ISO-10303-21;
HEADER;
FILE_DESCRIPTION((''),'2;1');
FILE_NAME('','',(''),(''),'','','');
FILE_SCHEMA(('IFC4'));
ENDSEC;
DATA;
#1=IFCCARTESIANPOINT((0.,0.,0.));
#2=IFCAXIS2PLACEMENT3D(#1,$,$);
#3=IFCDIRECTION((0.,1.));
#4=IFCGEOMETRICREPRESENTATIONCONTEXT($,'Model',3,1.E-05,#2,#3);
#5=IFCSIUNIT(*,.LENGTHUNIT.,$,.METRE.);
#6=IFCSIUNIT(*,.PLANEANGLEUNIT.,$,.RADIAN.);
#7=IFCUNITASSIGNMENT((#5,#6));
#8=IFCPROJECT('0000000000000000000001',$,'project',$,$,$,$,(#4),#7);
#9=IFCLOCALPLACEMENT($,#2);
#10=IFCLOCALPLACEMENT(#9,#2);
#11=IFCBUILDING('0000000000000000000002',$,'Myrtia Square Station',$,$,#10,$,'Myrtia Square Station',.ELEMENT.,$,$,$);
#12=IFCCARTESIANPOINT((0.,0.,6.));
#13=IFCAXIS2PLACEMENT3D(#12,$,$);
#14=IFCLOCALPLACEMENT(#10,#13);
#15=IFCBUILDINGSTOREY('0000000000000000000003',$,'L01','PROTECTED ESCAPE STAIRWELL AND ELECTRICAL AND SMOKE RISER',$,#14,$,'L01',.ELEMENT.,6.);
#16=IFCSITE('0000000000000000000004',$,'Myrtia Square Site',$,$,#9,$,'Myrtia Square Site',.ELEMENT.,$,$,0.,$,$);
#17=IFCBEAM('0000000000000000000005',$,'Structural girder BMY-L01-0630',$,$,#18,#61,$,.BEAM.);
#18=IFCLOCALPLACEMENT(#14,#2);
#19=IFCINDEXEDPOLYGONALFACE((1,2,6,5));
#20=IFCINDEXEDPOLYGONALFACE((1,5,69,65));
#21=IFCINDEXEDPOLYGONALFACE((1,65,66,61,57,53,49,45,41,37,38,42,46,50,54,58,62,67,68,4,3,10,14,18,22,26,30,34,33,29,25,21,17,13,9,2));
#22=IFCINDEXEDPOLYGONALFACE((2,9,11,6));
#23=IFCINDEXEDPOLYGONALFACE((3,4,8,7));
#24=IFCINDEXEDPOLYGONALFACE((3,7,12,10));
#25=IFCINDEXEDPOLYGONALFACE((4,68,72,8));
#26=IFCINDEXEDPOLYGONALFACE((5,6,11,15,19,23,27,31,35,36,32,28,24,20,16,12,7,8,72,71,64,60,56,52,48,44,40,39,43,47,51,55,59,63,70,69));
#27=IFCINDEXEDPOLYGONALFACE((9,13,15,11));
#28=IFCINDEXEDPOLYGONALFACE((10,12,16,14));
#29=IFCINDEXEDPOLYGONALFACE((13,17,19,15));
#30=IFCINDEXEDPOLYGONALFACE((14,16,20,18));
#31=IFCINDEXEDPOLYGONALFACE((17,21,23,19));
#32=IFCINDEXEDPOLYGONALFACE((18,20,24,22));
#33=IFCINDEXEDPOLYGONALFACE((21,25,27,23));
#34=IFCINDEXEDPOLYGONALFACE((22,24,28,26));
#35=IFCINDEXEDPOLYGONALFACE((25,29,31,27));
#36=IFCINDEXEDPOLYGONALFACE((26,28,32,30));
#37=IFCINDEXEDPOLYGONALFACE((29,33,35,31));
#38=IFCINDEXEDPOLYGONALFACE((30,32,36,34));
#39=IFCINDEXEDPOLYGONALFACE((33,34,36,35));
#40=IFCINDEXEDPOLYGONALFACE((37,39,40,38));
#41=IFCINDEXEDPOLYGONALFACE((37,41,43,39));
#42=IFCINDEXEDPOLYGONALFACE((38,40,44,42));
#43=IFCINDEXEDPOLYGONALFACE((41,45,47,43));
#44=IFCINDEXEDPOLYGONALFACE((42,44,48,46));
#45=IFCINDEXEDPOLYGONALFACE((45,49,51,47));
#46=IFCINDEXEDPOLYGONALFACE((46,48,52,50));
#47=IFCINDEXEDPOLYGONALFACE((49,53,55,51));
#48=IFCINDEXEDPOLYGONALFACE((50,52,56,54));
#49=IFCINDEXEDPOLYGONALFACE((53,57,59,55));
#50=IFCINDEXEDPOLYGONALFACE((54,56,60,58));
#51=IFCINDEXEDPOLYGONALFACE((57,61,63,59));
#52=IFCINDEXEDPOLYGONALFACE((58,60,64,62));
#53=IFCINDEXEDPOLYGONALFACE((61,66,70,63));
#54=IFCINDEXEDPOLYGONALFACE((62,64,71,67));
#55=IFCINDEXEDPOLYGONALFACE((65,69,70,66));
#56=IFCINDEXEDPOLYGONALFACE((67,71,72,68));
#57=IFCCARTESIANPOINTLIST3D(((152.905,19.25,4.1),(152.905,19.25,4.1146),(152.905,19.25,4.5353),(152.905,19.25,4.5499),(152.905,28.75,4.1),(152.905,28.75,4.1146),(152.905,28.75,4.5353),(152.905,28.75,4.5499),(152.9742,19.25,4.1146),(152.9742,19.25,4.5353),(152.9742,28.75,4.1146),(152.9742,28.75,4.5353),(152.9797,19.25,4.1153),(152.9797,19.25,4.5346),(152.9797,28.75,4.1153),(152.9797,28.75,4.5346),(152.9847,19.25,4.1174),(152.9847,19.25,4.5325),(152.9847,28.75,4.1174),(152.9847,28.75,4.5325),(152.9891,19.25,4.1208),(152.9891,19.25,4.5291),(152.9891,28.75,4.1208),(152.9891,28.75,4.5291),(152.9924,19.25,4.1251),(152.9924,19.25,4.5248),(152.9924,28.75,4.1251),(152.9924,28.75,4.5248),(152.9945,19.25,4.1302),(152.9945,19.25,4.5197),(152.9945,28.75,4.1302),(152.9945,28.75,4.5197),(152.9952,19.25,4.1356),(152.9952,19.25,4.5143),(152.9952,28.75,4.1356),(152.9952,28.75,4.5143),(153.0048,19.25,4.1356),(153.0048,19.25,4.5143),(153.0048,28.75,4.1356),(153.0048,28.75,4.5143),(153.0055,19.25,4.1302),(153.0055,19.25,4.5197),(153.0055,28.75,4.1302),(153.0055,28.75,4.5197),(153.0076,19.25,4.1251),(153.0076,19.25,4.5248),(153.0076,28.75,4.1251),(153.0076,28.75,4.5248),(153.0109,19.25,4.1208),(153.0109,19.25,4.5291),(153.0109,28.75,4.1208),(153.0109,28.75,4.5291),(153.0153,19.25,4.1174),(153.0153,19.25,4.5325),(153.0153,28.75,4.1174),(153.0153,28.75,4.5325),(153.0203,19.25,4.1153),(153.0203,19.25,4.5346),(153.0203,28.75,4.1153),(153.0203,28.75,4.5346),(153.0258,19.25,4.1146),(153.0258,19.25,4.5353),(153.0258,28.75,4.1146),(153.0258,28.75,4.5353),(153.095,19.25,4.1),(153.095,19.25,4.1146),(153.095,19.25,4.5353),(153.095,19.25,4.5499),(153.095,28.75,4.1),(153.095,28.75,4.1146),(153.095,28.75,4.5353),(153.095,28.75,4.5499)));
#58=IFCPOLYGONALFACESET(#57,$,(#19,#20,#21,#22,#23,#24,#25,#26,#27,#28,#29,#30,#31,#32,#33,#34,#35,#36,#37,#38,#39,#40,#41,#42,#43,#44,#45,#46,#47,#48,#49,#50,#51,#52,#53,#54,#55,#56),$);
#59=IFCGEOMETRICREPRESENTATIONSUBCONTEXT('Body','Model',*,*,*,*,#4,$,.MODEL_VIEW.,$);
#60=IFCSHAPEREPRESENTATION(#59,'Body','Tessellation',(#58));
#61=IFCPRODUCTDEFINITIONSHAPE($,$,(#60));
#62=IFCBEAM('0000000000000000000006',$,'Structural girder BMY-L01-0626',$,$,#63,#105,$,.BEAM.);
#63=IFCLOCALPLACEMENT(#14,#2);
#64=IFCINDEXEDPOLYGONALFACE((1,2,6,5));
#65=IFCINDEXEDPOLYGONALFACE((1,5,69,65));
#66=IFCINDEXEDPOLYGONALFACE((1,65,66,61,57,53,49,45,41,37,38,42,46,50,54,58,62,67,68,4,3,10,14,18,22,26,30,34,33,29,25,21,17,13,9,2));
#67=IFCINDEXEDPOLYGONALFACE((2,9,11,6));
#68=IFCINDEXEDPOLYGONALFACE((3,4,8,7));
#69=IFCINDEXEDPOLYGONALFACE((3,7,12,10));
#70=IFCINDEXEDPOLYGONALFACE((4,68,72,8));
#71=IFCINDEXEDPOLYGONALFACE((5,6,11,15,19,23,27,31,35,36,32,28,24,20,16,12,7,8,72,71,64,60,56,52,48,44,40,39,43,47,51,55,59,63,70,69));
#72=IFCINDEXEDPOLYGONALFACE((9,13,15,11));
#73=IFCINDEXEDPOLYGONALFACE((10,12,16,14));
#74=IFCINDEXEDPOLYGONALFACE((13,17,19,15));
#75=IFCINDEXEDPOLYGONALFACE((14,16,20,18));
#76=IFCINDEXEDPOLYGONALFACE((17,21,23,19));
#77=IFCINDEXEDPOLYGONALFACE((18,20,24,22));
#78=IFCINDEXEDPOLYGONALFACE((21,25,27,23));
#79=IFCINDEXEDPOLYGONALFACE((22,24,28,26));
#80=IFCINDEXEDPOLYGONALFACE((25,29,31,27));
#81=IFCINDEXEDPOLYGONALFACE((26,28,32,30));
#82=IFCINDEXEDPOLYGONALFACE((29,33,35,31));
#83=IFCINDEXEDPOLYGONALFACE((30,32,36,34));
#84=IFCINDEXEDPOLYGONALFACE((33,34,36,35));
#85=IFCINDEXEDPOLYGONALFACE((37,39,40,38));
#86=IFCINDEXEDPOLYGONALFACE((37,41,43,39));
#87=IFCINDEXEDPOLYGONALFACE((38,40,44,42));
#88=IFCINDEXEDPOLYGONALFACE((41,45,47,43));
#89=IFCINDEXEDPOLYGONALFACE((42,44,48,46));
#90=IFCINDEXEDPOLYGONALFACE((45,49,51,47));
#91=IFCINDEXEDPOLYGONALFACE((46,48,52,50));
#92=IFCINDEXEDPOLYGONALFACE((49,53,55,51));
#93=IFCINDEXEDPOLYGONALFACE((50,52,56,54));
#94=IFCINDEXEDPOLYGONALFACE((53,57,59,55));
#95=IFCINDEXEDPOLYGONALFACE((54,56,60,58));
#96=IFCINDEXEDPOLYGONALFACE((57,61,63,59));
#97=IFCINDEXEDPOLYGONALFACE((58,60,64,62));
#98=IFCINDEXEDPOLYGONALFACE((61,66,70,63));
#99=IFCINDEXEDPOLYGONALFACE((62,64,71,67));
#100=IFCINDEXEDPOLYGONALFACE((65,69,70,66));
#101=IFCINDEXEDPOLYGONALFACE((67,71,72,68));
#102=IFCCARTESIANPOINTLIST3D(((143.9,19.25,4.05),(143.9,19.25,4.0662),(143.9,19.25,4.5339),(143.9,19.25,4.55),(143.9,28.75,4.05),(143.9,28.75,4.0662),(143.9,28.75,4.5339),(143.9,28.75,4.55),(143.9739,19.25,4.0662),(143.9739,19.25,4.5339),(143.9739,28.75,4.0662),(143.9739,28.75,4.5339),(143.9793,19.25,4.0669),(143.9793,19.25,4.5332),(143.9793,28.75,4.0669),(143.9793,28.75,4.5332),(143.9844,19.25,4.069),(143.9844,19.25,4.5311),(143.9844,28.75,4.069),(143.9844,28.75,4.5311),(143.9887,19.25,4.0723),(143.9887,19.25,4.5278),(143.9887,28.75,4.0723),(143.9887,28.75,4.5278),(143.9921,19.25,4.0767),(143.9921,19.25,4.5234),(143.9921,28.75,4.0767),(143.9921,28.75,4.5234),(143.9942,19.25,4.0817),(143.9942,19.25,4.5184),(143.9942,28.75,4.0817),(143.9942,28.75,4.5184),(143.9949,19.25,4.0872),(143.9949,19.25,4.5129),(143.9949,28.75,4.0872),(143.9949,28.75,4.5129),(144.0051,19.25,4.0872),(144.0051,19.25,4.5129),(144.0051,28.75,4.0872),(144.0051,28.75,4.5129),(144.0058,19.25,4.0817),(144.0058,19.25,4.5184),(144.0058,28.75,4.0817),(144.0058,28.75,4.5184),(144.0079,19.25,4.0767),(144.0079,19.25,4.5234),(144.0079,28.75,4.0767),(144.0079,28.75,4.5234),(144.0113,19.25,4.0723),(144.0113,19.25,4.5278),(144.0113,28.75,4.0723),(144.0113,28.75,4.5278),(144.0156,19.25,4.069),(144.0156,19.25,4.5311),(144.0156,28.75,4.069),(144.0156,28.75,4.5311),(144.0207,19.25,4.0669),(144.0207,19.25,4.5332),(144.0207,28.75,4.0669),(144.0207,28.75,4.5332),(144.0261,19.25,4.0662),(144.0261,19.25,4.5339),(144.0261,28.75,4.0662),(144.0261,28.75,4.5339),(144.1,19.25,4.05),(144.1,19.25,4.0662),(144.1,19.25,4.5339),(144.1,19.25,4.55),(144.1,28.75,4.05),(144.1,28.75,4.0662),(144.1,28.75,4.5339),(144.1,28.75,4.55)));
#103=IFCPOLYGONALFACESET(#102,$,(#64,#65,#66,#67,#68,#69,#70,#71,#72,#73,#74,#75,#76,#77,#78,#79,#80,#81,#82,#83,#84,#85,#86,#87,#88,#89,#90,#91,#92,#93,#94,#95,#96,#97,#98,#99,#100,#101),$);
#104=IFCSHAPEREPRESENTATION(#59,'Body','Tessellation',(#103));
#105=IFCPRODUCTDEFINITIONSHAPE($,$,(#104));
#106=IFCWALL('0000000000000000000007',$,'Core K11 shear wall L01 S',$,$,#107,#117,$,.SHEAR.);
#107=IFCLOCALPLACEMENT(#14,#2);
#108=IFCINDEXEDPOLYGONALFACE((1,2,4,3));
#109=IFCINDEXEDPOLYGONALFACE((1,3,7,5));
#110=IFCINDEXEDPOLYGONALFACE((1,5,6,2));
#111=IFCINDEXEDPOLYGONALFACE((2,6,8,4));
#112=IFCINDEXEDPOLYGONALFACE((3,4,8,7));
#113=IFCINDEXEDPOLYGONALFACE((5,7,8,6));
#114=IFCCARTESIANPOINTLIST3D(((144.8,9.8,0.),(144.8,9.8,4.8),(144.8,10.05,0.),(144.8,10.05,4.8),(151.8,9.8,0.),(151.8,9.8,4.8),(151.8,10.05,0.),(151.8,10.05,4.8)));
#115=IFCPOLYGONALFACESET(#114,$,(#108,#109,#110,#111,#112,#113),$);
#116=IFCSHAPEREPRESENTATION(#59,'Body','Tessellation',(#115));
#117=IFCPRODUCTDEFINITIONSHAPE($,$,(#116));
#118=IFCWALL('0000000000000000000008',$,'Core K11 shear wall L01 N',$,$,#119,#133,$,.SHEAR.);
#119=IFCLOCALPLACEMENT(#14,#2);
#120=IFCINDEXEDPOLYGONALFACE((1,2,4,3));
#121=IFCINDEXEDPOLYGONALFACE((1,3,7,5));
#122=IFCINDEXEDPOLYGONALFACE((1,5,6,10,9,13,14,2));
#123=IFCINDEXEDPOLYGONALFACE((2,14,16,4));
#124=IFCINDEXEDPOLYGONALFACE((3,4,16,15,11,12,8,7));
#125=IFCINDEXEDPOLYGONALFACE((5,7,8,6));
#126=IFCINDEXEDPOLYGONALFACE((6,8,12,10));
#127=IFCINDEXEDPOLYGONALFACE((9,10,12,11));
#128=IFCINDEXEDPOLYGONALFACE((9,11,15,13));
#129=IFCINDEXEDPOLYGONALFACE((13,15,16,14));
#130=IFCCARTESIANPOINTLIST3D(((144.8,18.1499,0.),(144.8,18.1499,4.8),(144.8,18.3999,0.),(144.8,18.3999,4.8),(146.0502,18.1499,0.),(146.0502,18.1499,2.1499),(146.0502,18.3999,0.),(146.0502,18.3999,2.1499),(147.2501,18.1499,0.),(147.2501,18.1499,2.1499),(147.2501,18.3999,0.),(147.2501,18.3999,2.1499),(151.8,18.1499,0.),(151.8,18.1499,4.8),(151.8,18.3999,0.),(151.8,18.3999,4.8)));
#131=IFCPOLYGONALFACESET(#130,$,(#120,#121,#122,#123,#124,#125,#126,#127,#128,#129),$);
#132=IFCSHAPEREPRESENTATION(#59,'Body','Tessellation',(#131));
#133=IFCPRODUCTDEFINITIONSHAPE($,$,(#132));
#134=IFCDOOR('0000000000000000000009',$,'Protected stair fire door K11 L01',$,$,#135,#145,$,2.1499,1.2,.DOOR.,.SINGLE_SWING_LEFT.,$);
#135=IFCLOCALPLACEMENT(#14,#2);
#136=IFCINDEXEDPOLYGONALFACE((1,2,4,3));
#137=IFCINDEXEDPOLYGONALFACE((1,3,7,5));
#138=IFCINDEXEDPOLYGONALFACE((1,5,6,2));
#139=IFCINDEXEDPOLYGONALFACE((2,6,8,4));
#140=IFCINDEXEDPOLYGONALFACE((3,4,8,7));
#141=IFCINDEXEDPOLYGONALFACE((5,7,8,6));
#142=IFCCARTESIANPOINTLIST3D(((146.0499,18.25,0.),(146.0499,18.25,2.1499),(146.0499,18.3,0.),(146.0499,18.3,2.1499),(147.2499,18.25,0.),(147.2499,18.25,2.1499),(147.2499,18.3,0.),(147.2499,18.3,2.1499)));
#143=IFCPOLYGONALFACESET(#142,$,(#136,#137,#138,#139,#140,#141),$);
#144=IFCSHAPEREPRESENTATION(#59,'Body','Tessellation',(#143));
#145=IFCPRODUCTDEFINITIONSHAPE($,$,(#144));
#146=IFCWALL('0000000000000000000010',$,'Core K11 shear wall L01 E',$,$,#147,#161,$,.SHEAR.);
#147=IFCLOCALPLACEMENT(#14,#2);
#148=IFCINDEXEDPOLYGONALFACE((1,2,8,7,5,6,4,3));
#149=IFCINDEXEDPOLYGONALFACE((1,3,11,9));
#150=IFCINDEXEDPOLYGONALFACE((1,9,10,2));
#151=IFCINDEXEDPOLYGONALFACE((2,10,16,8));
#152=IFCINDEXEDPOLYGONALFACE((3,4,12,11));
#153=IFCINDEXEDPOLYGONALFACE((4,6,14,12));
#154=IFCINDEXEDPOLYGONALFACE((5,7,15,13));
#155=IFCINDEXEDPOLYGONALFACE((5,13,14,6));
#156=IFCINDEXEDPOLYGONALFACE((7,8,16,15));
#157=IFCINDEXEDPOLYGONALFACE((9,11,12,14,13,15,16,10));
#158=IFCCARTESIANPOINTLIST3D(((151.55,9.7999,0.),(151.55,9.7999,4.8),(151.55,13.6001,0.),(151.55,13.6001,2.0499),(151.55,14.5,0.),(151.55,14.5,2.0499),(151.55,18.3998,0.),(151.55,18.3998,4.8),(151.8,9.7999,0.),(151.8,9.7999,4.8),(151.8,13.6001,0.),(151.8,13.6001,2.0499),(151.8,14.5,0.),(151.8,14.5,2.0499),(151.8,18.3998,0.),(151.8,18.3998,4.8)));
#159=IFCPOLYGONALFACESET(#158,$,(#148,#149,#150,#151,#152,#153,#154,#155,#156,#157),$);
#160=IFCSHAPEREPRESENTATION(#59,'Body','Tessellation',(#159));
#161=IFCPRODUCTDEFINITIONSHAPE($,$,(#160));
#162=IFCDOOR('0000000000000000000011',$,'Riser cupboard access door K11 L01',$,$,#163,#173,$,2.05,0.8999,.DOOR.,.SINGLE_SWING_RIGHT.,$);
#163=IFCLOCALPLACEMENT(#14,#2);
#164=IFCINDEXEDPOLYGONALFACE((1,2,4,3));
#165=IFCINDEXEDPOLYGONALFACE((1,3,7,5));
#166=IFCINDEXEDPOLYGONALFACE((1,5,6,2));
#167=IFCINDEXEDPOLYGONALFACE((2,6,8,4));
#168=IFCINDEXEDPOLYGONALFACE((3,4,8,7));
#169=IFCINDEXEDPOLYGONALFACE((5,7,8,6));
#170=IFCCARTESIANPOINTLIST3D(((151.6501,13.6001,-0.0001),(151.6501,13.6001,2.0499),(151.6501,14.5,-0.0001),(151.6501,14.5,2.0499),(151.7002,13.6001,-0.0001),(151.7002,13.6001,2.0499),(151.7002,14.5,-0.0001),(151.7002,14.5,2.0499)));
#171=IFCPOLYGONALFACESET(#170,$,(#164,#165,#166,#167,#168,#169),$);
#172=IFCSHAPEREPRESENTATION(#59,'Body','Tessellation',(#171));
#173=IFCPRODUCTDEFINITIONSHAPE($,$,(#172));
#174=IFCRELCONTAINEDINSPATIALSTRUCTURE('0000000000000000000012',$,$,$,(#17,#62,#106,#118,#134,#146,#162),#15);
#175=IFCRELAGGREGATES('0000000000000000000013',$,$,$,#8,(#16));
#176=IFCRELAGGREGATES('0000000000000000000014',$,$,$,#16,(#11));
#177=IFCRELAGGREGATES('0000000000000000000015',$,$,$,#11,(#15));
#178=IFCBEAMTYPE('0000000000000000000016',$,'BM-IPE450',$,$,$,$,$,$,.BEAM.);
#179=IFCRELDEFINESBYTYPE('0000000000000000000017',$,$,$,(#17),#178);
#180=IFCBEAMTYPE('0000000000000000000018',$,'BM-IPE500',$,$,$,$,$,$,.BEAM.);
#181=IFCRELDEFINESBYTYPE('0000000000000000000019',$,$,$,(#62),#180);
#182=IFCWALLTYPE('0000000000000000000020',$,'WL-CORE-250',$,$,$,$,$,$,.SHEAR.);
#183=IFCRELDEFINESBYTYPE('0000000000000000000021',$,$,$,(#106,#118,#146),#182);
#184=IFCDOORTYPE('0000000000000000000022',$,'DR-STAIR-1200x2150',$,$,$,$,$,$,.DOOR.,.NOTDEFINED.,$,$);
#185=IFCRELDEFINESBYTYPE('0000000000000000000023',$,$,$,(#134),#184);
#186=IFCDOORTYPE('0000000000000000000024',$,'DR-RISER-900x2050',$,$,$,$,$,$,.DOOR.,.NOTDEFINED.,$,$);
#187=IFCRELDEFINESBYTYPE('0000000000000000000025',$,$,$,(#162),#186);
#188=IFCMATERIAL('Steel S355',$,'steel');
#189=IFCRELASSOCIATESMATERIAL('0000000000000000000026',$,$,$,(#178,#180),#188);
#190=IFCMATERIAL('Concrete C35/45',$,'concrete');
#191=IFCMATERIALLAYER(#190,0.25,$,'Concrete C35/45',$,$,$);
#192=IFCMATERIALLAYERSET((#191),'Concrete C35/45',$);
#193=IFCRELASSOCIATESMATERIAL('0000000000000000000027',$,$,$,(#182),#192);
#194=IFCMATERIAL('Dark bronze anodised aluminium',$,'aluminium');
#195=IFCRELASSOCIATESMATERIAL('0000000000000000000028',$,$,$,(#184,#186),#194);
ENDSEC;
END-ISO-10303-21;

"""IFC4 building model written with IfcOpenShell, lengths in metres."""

from ifc_helpers import new_model, si_unit, direction, frame, frame_2d, origin, origin_2d, place, context, subcontext, project, spatial, rectangle, i_section, extrude, material, layer, layer_set, material_profile, profile_set, type_object, element, fill, save


model = new_model("IFC4")

# Units and contexts
model_context = context("Model", 3, precision=1e-05, world=origin(), true_north=direction((0.0, 1.0)))
body_context = subcontext(model_context, "Body", "Model", "MODEL_VIEW")
ifc_project = project(units=[si_unit("LENGTHUNIT", "METRE"), si_unit("PLANEANGLEUNIT", "RADIAN")], contexts=[model_context])

# Site, building, storey
site_placement = place(None, origin())
site = spatial("IfcSite", under=ifc_project, at=site_placement, Name="Myrtia Square Site", LongName="Myrtia Square Site", CompositionType="ELEMENT", RefElevation=0.0)
building_placement = place(site_placement, origin())
building = spatial("IfcBuilding", under=site, at=building_placement, Name="Myrtia Square Station", LongName="Myrtia Square Station", CompositionType="ELEMENT")
storey_placement = place(building_placement, frame((0.0, 0.0, 6.0)))
storey = spatial("IfcBuildingStorey", under=building, at=storey_placement, Name="L01", Description="PROTECTED ESCAPE STAIRWELL AND ELECTRICAL AND SMOKE RISER", LongName="L01", CompositionType="ELEMENT", Elevation=6.0)

# Shared definitions
ifc_material_1 = material(Name="Steel S355", Category="steel")

# Beams
ifc_material_profile_1 = material_profile(ifc_material_1, i_section(OverallWidth=0.1899, OverallDepth=0.45, WebThickness=0.0095, FlangeThickness=0.0146, FilletRadius=0.021, at=origin_2d()), Name="IPE 450")
ifc_profile_set_1 = profile_set([ifc_material_profile_1], Name="Steel S355")
beam_type_1 = type_object("IfcBeamType", Name="BM-IPE450", PredefinedType="BEAM", material=ifc_profile_set_1)
beam_1_placement = place(storey_placement, frame((153.0, 19.25, 4.325), z_axis=(0.0, 1.0, 0.0), x_axis=(-1.0, 0.0, 0.0)))
element("IfcBeam", 1, at=beam_1_placement, inside=storey, type_object=beam_type_1, Name="Structural girder BMY-L01-0630", PredefinedType="BEAM", context=body_context, shape_type="SweptSolid", body=[
    extrude(i_section(OverallWidth=0.1899, OverallDepth=0.45, WebThickness=0.0095, FlangeThickness=0.0146, FilletRadius=0.021, at=origin_2d()), origin(), (0.0, 0.0, 1.0), 9.5),
])
ifc_material_profile_2 = material_profile(ifc_material_1, i_section(OverallWidth=0.2, OverallDepth=0.5, WebThickness=0.0103, FlangeThickness=0.0161, FilletRadius=0.021, at=origin_2d()), Name="IPE 500")
ifc_profile_set_2 = profile_set([ifc_material_profile_2], Name="Steel S355")
beam_type_2 = type_object("IfcBeamType", Name="BM-IPE500", PredefinedType="BEAM", material=ifc_profile_set_2)
beam_2_placement = place(storey_placement, frame((144.0, 19.25, 4.3), z_axis=(0.0, 1.0, 0.0), x_axis=(-1.0, 0.0, 0.0)))
element("IfcBeam", 2, at=beam_2_placement, inside=storey, type_object=beam_type_2, Name="Structural girder BMY-L01-0626", PredefinedType="BEAM", context=body_context, shape_type="SweptSolid", body=[
    extrude(i_section(OverallWidth=0.2, OverallDepth=0.5, WebThickness=0.0103, FlangeThickness=0.0161, FilletRadius=0.021, at=origin_2d()), origin(), (0.0, 0.0, 1.0), 9.5),
])

# Wall
ifc_material_2 = material(Name="Concrete C35/45", Category="concrete")
ifc_layer_1 = layer(ifc_material_2, 0.25, Name="Concrete C35/45")
ifc_layer_set_1 = layer_set([ifc_layer_1], Name="Concrete C35/45")
wall_type_1 = type_object("IfcWallType", Name="WL-CORE-250", PredefinedType="SHEAR", material=ifc_layer_set_1)
wall_1_placement = place(storey_placement, frame((144.8, 9.925, 0.0), z_axis=(0.0, 0.0, 1.0), x_axis=(1.0, 0.0, 0.0)))
element("IfcWall", 3, at=wall_1_placement, inside=storey, type_object=wall_type_1, Name="Core K11 shear wall L01 S", PredefinedType="SHEAR", context=body_context, shape_type="SweptSolid", body=[
    extrude(rectangle(XDim=7.0, YDim=0.25, at=frame_2d((3.5, 0.0))), origin(), (0.0, 0.0, 1.0), 4.8),
])

# Walls, openings, doors
wall_2_placement = place(storey_placement, frame((144.8, 18.2749, 0.0), z_axis=(0.0, 0.0, 1.0), x_axis=(1.0, 0.0, 0.0)))
wall_2 = element("IfcWall", 4, at=wall_2_placement, inside=storey, type_object=wall_type_1, Name="Core K11 shear wall L01 N", PredefinedType="SHEAR", context=body_context, shape_type="SweptSolid", body=[
    extrude(rectangle(XDim=7.0, YDim=0.25, at=frame_2d((3.5, 0.0))), origin(), (0.0, 0.0, 1.0), 4.8),
])
opening_1_placement = place(wall_2_placement, frame((1.25, 0.0, 0.0)))
opening_1 = element("IfcOpeningElement", 5, at=opening_1_placement, cuts=wall_2, PredefinedType="OPENING", context=body_context, shape_type="SweptSolid", body=[
    extrude(rectangle(XDim=1.2, YDim=2.1499, at=frame_2d((0.6001, 1.075))), frame((0.0, 0.1399, 0.0), z_axis=(0.0, -1.0, 0.0), x_axis=(1.0, 0.0, 0.0)), (0.0, 0.0, 1.0), 0.28),
])
ifc_material_3 = material(Name="Dark bronze anodised aluminium", Category="aluminium")
door_type_1 = type_object("IfcDoorType", Name="DR-STAIR-1200x2150", OperationType="NOTDEFINED", PredefinedType="DOOR", material=ifc_material_3)
door_1_placement = place(opening_1_placement, frame((1.2, 0.0, 0.0), z_axis=(0.0, 0.0, 1.0), x_axis=(-1.0, 0.0, 0.0)))
door_1 = element("IfcDoor", 6, at=door_1_placement, inside=storey, type_object=door_type_1, Name="Protected stair fire door K11 L01", OperationType="SINGLE_SWING_LEFT", OverallHeight=2.1499, OverallWidth=1.2, PredefinedType="DOOR", context=body_context, shape_type="SweptSolid", body=[
    extrude(rectangle(XDim=1.2, YDim=2.1499, at=frame_2d((0.6001, 1.075))), frame((0.0, 0.0249, 0.0), z_axis=(0.0, -1.0, 0.0), x_axis=(1.0, 0.0, 0.0)), (0.0, 0.0, 1.0), 0.05),
])
fill(opening_1, door_1)
wall_3_placement = place(storey_placement, frame((151.675, 9.8, 0.0), z_axis=(0.0, 0.0, 1.0), x_axis=(0.0, 1.0, 0.0)))
wall_3 = element("IfcWall", 7, at=wall_3_placement, inside=storey, type_object=wall_type_1, Name="Core K11 shear wall L01 E", PredefinedType="SHEAR", context=body_context, shape_type="SweptSolid", body=[
    extrude(rectangle(XDim=8.5999, YDim=0.25, at=frame_2d((4.2998, 0.0))), origin(), (0.0, 0.0, 1.0), 4.8),
])
opening_2_placement = place(wall_3_placement, frame((3.8, 0.0, 0.0)))
opening_2 = element("IfcOpeningElement", 8, at=opening_2_placement, cuts=wall_3, PredefinedType="OPENING", context=body_context, shape_type="SweptSolid", body=[
    extrude(rectangle(XDim=0.8999, YDim=2.05, at=frame_2d((0.45, 1.0249))), frame((0.0, 0.1399, 0.0), z_axis=(0.0, -1.0, 0.0), x_axis=(1.0, 0.0, 0.0)), (0.0, 0.0, 1.0), 0.28),
])
door_type_2 = type_object("IfcDoorType", Name="DR-RISER-900x2050", OperationType="NOTDEFINED", PredefinedType="DOOR", material=ifc_material_3)
door_2_placement = place(opening_2_placement, origin())
door_2 = element("IfcDoor", 9, at=door_2_placement, inside=storey, type_object=door_type_2, Name="Riser cupboard access door K11 L01", OperationType="SINGLE_SWING_RIGHT", OverallHeight=2.05, OverallWidth=0.8999, PredefinedType="DOOR", context=body_context, shape_type="SweptSolid", body=[
    extrude(rectangle(XDim=0.8999, YDim=2.05, at=frame_2d((0.45, 1.0249))), frame((0.0, 0.0249, 0.0), z_axis=(0.0, -1.0, 0.0), x_axis=(1.0, 0.0, 0.0)), (0.0, 0.0, 1.0), 0.05),
])
fill(opening_2, door_2)

save(model, "model.ifc")
